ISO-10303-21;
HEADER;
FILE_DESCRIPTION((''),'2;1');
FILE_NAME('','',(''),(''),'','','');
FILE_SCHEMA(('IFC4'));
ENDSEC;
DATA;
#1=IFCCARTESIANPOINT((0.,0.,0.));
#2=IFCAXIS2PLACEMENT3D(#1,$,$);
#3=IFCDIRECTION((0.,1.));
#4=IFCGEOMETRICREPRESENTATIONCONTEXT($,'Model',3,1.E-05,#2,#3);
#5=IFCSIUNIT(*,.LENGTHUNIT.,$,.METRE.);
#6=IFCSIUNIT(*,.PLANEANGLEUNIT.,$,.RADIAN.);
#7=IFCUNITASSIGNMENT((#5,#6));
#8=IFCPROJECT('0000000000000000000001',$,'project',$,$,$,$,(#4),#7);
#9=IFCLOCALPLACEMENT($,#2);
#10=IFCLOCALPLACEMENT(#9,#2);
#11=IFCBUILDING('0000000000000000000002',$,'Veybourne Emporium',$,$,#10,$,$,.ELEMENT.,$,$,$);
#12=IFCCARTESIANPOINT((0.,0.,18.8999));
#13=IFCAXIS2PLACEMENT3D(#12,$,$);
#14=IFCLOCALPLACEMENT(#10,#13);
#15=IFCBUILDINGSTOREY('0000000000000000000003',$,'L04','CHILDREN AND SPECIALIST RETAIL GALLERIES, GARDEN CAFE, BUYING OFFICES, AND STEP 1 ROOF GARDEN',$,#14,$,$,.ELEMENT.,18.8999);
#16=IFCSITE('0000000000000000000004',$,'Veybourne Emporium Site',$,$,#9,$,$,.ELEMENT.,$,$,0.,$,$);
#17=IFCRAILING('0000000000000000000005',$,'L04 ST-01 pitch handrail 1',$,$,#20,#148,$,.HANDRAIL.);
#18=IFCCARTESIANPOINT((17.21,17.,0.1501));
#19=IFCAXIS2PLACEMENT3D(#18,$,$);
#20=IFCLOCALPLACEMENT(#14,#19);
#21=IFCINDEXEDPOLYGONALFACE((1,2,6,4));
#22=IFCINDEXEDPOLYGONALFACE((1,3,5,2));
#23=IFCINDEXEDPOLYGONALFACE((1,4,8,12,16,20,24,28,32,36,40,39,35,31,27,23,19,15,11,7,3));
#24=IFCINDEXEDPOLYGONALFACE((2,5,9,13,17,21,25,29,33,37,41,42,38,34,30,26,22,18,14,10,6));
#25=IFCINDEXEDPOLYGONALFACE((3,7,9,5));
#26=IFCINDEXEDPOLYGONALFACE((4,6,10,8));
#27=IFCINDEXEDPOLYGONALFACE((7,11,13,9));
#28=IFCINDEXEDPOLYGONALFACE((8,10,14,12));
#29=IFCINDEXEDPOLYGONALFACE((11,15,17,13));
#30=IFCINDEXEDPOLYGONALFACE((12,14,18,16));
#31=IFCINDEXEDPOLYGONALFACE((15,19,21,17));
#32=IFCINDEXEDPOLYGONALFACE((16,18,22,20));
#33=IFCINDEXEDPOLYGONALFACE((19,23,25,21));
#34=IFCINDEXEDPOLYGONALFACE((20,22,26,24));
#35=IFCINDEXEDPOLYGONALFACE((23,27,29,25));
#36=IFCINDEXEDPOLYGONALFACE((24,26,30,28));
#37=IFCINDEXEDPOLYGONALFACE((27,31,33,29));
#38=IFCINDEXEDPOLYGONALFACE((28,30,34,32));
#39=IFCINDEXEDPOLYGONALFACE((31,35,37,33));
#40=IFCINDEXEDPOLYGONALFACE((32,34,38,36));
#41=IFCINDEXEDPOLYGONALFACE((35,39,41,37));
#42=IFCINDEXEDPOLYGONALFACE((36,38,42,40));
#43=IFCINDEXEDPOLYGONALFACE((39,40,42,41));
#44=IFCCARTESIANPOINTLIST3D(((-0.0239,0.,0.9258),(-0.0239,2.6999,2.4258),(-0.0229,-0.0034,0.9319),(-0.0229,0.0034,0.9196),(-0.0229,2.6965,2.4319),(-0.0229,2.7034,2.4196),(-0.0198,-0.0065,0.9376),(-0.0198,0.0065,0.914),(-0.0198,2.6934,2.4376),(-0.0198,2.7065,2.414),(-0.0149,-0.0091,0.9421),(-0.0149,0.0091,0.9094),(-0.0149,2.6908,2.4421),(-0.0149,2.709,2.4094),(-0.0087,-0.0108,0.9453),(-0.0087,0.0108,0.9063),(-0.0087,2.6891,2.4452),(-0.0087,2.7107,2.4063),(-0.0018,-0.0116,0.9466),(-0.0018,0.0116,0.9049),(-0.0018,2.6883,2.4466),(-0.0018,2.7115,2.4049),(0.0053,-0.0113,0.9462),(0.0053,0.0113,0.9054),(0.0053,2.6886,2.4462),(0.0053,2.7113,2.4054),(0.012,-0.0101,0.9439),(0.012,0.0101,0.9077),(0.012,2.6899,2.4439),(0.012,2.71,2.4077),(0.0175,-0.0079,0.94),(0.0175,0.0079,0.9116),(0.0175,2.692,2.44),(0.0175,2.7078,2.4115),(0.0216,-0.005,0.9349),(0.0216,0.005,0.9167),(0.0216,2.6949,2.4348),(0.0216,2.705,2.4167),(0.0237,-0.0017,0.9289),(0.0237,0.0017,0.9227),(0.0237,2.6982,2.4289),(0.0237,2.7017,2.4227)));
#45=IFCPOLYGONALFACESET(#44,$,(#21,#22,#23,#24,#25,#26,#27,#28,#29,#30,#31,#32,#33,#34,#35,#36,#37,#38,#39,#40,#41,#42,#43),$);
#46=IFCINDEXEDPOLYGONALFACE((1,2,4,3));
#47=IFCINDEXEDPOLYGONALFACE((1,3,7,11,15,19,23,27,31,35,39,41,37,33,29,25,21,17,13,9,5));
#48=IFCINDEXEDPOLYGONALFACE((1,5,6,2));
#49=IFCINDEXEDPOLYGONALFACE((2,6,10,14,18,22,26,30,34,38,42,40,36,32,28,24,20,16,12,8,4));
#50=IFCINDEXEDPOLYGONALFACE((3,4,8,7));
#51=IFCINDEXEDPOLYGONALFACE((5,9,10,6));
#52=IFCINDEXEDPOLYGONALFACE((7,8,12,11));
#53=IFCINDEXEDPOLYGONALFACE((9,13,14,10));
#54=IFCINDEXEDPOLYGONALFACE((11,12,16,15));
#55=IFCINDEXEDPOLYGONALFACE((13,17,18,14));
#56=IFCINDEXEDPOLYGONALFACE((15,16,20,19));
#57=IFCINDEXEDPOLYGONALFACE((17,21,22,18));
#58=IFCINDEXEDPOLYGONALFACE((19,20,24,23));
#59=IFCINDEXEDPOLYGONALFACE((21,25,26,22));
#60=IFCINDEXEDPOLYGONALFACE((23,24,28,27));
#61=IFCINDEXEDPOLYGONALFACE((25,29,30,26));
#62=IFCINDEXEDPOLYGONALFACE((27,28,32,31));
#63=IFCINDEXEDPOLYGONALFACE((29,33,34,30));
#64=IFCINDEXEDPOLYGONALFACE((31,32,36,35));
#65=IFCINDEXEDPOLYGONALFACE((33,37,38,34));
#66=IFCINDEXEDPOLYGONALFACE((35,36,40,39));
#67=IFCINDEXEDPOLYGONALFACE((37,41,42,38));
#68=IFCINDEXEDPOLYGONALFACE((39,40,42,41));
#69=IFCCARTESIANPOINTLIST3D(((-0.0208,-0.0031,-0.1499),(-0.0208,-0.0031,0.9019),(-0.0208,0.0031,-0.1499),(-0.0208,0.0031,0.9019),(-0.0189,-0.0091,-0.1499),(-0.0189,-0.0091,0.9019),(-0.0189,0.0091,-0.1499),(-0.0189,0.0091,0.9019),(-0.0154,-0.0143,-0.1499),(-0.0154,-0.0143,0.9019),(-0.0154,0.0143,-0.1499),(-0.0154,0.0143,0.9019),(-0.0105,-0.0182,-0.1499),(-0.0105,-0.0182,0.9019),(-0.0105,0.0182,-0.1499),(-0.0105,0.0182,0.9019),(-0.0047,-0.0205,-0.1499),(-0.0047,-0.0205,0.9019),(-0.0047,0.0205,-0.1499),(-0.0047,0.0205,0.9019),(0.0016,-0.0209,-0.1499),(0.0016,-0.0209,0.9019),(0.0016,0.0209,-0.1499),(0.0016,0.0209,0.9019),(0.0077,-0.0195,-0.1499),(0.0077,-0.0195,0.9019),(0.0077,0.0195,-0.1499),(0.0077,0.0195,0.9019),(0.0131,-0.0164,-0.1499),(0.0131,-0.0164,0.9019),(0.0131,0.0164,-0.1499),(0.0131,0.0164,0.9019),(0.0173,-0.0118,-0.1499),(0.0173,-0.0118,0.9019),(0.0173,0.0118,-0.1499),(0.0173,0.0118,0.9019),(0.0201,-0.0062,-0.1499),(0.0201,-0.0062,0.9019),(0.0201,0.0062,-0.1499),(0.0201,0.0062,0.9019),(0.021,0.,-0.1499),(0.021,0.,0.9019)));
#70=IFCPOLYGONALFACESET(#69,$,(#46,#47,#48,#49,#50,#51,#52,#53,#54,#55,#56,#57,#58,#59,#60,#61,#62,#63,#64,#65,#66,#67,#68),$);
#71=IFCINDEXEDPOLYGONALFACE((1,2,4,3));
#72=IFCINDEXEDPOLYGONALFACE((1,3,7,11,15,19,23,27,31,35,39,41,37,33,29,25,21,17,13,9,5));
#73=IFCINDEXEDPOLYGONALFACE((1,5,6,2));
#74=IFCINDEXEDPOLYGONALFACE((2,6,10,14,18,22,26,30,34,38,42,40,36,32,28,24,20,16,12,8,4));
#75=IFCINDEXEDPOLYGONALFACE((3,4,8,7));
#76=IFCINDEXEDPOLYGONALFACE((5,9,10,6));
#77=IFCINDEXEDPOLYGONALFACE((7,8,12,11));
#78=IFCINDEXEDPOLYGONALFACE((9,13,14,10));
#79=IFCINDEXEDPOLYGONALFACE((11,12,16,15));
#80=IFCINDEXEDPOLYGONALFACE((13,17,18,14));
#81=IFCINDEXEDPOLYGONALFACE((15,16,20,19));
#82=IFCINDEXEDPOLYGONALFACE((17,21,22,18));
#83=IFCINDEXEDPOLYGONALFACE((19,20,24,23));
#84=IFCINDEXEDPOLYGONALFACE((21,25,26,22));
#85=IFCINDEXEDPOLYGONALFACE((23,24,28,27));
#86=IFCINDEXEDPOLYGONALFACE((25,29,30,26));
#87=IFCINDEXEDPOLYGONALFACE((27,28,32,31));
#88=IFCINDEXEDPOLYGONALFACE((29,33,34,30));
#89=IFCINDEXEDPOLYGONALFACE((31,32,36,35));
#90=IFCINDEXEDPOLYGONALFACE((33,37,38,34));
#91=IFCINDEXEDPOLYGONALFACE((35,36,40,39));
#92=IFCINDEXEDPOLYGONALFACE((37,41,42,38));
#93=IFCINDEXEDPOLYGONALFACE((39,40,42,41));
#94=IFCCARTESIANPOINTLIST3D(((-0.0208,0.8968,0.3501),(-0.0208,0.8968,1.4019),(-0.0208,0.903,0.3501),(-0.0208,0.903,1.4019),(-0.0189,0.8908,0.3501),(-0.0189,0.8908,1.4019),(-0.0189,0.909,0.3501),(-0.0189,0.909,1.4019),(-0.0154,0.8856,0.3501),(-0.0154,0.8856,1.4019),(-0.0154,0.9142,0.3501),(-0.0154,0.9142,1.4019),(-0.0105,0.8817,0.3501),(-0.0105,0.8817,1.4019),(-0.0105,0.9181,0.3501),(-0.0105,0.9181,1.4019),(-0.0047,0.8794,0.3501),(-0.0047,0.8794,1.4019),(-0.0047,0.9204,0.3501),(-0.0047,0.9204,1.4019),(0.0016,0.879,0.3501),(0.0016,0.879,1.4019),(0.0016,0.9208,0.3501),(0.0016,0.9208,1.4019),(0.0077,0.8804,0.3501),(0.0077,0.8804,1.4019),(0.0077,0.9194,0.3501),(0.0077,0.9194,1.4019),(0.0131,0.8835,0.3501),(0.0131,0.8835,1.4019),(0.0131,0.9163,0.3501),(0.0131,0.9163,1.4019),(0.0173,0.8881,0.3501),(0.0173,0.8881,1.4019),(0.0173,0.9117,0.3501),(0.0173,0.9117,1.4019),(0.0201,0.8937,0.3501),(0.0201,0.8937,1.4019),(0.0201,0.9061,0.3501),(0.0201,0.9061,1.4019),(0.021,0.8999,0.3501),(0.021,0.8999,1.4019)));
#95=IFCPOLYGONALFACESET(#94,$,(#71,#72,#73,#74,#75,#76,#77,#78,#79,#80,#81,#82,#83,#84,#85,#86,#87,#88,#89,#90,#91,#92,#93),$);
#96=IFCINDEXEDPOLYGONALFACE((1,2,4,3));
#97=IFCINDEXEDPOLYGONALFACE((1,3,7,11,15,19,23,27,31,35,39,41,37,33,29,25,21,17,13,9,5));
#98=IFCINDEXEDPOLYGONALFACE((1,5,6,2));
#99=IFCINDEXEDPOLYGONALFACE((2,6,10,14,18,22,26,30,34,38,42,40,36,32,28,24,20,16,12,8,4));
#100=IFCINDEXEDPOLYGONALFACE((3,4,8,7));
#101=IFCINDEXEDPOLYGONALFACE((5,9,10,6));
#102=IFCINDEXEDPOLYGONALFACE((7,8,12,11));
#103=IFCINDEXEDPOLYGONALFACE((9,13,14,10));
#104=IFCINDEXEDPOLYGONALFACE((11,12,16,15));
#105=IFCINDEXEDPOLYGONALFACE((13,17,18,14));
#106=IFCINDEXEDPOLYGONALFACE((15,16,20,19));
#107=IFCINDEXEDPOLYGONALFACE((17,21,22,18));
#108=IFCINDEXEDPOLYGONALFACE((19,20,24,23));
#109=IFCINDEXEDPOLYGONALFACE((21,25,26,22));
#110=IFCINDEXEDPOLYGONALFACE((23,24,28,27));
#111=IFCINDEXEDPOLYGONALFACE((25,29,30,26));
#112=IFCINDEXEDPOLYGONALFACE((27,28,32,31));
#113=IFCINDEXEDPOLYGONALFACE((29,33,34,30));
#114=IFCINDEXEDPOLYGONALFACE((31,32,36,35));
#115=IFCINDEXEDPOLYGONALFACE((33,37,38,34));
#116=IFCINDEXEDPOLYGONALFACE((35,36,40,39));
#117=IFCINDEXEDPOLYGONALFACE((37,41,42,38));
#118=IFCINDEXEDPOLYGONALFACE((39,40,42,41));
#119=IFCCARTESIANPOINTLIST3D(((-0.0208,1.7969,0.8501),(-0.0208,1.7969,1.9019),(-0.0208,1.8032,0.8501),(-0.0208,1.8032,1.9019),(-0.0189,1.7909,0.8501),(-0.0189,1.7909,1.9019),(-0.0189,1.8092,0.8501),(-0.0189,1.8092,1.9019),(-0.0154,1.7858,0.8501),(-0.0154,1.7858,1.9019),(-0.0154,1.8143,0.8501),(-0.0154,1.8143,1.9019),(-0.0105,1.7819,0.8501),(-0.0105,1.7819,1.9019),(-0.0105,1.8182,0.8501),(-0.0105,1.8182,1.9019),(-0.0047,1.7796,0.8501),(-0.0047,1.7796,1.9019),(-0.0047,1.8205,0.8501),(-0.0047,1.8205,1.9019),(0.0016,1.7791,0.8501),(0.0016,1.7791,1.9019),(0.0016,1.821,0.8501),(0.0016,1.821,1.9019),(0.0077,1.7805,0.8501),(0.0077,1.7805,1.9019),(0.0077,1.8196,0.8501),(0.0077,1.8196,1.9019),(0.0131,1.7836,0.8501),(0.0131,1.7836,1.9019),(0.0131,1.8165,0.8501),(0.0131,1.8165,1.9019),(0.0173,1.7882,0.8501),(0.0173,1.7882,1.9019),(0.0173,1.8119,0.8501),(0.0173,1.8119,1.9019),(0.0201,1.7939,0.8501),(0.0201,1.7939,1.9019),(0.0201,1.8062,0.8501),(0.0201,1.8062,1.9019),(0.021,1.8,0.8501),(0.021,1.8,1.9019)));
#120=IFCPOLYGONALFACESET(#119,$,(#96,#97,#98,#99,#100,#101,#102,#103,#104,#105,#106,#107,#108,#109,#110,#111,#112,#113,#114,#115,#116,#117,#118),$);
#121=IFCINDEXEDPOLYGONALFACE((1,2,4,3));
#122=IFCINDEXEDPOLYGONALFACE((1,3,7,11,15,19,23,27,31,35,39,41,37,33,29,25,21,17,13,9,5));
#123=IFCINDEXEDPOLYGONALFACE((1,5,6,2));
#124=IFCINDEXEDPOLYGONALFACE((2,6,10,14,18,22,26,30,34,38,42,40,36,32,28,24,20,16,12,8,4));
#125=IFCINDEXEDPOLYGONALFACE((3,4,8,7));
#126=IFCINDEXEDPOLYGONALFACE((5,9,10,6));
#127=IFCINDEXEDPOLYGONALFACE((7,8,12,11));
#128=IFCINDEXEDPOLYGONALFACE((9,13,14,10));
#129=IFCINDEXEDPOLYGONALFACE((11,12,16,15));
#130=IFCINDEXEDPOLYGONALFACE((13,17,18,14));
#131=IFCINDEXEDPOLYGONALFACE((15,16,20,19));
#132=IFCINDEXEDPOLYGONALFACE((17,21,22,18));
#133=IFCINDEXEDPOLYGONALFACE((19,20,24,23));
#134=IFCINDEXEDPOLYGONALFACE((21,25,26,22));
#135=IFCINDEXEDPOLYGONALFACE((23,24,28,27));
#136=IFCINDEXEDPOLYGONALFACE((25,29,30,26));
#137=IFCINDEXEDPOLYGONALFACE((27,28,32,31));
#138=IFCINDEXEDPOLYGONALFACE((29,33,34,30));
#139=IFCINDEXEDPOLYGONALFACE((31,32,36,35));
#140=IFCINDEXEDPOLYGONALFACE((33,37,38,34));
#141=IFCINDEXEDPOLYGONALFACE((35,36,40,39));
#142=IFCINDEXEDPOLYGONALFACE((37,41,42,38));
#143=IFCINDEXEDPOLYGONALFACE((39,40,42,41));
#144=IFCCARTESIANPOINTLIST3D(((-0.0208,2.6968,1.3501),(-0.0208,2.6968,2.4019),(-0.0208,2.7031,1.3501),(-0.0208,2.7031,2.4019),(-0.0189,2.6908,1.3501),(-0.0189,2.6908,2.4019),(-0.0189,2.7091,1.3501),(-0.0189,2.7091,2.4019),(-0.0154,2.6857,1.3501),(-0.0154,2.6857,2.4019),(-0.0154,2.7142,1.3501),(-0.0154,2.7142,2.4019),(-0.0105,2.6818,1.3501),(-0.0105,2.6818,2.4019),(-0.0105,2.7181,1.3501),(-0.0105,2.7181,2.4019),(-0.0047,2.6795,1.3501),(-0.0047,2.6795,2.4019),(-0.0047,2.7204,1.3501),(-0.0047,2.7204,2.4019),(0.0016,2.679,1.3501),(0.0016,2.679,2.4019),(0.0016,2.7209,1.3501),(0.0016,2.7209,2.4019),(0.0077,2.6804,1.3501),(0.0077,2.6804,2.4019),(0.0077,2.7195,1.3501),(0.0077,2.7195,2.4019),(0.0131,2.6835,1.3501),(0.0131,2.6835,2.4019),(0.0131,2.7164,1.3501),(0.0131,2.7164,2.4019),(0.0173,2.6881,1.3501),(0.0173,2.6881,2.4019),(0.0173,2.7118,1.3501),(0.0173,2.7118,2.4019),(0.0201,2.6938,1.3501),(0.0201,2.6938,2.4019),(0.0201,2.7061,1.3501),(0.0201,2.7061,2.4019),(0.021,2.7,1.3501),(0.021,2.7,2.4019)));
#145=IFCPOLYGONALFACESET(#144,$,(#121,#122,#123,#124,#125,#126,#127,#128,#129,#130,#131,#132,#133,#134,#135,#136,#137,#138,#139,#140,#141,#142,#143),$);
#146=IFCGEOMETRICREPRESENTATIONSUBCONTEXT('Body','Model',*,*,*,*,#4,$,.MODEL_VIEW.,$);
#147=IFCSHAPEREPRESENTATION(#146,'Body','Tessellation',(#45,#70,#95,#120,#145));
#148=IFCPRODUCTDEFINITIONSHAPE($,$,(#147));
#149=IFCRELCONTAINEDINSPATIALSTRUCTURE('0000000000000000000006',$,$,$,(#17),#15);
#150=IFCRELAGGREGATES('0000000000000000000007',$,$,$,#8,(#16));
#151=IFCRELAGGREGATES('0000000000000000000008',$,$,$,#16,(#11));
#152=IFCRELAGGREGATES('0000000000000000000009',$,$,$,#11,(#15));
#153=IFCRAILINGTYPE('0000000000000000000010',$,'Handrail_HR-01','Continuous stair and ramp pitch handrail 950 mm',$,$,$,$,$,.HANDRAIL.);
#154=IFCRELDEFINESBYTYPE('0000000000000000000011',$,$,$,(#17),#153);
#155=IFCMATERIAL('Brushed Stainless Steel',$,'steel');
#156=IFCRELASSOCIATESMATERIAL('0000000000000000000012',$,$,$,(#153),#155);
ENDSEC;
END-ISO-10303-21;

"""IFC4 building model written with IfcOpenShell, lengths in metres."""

from ifc_helpers import new_model, si_unit, direction, frame, origin, origin_2d, place, context, subcontext, project, spatial, circle, extrude, material, type_object, element, save


model = new_model("IFC4")

# Units and contexts
model_context = context("Model", 3, precision=1e-05, world=origin(), true_north=direction((0.0, 1.0)))
body_context = subcontext(model_context, "Body", "Model", "MODEL_VIEW")
ifc_project = project(units=[si_unit("LENGTHUNIT", "METRE"), si_unit("PLANEANGLEUNIT", "RADIAN")], contexts=[model_context])

# Site, building, storey
site_placement = place(None, origin())
site = spatial("IfcSite", under=ifc_project, at=site_placement, Name="Veybourne Emporium Site", CompositionType="ELEMENT", RefElevation=0.0)
building_placement = place(site_placement, origin())
building = spatial("IfcBuilding", under=site, at=building_placement, Name="Veybourne Emporium", CompositionType="ELEMENT")
storey_placement = place(building_placement, frame((0.0, 0.0, 18.8999)))
storey = spatial("IfcBuildingStorey", under=building, at=storey_placement, Name="L04", Description="CHILDREN AND SPECIALIST RETAIL GALLERIES, GARDEN CAFE, BUYING OFFICES, AND STEP 1 ROOF GARDEN", CompositionType="ELEMENT", Elevation=18.8999)

# Railing
ifc_material_1 = material(Name="Brushed Stainless Steel", Category="steel")
railing_type_1 = type_object("IfcRailingType", Name="Handrail_HR-01", Description="Continuous stair and ramp pitch handrail 950 mm", PredefinedType="HANDRAIL", material=ifc_material_1)
railing_1_placement = place(storey_placement, frame((17.21, 17.0, 0.1501)))
element("IfcRailing", 1, at=railing_1_placement, inside=storey, type_object=railing_type_1, Name="L04 ST-01 pitch handrail 1", PredefinedType="HANDRAIL", context=body_context, shape_type="SweptSolid", body=[
    extrude(circle(Radius=0.0239, at=origin_2d()), frame((0.0, 0.0, 0.9258), z_axis=(0.0, 0.874154, 0.48565), x_axis=(-1.0, 0.0, 0.0)), (0.0, 0.0, 1.0), 3.0886),
    extrude(circle(Radius=0.021, at=origin_2d()), frame((0.0, 0.0, -0.1499)), (0.0, 0.0, 1.0), 1.0518),
    extrude(circle(Radius=0.021, at=origin_2d()), frame((0.0, 0.8999, 0.3501)), (0.0, 0.0, 1.0), 1.0518),
    extrude(circle(Radius=0.021, at=origin_2d()), frame((0.0, 1.8, 0.8501)), (0.0, 0.0, 1.0), 1.0518),
    extrude(circle(Radius=0.021, at=origin_2d()), frame((0.0, 2.7, 1.3501)), (0.0, 0.0, 1.0), 1.0518),
])

save(model, "model.ifc")
